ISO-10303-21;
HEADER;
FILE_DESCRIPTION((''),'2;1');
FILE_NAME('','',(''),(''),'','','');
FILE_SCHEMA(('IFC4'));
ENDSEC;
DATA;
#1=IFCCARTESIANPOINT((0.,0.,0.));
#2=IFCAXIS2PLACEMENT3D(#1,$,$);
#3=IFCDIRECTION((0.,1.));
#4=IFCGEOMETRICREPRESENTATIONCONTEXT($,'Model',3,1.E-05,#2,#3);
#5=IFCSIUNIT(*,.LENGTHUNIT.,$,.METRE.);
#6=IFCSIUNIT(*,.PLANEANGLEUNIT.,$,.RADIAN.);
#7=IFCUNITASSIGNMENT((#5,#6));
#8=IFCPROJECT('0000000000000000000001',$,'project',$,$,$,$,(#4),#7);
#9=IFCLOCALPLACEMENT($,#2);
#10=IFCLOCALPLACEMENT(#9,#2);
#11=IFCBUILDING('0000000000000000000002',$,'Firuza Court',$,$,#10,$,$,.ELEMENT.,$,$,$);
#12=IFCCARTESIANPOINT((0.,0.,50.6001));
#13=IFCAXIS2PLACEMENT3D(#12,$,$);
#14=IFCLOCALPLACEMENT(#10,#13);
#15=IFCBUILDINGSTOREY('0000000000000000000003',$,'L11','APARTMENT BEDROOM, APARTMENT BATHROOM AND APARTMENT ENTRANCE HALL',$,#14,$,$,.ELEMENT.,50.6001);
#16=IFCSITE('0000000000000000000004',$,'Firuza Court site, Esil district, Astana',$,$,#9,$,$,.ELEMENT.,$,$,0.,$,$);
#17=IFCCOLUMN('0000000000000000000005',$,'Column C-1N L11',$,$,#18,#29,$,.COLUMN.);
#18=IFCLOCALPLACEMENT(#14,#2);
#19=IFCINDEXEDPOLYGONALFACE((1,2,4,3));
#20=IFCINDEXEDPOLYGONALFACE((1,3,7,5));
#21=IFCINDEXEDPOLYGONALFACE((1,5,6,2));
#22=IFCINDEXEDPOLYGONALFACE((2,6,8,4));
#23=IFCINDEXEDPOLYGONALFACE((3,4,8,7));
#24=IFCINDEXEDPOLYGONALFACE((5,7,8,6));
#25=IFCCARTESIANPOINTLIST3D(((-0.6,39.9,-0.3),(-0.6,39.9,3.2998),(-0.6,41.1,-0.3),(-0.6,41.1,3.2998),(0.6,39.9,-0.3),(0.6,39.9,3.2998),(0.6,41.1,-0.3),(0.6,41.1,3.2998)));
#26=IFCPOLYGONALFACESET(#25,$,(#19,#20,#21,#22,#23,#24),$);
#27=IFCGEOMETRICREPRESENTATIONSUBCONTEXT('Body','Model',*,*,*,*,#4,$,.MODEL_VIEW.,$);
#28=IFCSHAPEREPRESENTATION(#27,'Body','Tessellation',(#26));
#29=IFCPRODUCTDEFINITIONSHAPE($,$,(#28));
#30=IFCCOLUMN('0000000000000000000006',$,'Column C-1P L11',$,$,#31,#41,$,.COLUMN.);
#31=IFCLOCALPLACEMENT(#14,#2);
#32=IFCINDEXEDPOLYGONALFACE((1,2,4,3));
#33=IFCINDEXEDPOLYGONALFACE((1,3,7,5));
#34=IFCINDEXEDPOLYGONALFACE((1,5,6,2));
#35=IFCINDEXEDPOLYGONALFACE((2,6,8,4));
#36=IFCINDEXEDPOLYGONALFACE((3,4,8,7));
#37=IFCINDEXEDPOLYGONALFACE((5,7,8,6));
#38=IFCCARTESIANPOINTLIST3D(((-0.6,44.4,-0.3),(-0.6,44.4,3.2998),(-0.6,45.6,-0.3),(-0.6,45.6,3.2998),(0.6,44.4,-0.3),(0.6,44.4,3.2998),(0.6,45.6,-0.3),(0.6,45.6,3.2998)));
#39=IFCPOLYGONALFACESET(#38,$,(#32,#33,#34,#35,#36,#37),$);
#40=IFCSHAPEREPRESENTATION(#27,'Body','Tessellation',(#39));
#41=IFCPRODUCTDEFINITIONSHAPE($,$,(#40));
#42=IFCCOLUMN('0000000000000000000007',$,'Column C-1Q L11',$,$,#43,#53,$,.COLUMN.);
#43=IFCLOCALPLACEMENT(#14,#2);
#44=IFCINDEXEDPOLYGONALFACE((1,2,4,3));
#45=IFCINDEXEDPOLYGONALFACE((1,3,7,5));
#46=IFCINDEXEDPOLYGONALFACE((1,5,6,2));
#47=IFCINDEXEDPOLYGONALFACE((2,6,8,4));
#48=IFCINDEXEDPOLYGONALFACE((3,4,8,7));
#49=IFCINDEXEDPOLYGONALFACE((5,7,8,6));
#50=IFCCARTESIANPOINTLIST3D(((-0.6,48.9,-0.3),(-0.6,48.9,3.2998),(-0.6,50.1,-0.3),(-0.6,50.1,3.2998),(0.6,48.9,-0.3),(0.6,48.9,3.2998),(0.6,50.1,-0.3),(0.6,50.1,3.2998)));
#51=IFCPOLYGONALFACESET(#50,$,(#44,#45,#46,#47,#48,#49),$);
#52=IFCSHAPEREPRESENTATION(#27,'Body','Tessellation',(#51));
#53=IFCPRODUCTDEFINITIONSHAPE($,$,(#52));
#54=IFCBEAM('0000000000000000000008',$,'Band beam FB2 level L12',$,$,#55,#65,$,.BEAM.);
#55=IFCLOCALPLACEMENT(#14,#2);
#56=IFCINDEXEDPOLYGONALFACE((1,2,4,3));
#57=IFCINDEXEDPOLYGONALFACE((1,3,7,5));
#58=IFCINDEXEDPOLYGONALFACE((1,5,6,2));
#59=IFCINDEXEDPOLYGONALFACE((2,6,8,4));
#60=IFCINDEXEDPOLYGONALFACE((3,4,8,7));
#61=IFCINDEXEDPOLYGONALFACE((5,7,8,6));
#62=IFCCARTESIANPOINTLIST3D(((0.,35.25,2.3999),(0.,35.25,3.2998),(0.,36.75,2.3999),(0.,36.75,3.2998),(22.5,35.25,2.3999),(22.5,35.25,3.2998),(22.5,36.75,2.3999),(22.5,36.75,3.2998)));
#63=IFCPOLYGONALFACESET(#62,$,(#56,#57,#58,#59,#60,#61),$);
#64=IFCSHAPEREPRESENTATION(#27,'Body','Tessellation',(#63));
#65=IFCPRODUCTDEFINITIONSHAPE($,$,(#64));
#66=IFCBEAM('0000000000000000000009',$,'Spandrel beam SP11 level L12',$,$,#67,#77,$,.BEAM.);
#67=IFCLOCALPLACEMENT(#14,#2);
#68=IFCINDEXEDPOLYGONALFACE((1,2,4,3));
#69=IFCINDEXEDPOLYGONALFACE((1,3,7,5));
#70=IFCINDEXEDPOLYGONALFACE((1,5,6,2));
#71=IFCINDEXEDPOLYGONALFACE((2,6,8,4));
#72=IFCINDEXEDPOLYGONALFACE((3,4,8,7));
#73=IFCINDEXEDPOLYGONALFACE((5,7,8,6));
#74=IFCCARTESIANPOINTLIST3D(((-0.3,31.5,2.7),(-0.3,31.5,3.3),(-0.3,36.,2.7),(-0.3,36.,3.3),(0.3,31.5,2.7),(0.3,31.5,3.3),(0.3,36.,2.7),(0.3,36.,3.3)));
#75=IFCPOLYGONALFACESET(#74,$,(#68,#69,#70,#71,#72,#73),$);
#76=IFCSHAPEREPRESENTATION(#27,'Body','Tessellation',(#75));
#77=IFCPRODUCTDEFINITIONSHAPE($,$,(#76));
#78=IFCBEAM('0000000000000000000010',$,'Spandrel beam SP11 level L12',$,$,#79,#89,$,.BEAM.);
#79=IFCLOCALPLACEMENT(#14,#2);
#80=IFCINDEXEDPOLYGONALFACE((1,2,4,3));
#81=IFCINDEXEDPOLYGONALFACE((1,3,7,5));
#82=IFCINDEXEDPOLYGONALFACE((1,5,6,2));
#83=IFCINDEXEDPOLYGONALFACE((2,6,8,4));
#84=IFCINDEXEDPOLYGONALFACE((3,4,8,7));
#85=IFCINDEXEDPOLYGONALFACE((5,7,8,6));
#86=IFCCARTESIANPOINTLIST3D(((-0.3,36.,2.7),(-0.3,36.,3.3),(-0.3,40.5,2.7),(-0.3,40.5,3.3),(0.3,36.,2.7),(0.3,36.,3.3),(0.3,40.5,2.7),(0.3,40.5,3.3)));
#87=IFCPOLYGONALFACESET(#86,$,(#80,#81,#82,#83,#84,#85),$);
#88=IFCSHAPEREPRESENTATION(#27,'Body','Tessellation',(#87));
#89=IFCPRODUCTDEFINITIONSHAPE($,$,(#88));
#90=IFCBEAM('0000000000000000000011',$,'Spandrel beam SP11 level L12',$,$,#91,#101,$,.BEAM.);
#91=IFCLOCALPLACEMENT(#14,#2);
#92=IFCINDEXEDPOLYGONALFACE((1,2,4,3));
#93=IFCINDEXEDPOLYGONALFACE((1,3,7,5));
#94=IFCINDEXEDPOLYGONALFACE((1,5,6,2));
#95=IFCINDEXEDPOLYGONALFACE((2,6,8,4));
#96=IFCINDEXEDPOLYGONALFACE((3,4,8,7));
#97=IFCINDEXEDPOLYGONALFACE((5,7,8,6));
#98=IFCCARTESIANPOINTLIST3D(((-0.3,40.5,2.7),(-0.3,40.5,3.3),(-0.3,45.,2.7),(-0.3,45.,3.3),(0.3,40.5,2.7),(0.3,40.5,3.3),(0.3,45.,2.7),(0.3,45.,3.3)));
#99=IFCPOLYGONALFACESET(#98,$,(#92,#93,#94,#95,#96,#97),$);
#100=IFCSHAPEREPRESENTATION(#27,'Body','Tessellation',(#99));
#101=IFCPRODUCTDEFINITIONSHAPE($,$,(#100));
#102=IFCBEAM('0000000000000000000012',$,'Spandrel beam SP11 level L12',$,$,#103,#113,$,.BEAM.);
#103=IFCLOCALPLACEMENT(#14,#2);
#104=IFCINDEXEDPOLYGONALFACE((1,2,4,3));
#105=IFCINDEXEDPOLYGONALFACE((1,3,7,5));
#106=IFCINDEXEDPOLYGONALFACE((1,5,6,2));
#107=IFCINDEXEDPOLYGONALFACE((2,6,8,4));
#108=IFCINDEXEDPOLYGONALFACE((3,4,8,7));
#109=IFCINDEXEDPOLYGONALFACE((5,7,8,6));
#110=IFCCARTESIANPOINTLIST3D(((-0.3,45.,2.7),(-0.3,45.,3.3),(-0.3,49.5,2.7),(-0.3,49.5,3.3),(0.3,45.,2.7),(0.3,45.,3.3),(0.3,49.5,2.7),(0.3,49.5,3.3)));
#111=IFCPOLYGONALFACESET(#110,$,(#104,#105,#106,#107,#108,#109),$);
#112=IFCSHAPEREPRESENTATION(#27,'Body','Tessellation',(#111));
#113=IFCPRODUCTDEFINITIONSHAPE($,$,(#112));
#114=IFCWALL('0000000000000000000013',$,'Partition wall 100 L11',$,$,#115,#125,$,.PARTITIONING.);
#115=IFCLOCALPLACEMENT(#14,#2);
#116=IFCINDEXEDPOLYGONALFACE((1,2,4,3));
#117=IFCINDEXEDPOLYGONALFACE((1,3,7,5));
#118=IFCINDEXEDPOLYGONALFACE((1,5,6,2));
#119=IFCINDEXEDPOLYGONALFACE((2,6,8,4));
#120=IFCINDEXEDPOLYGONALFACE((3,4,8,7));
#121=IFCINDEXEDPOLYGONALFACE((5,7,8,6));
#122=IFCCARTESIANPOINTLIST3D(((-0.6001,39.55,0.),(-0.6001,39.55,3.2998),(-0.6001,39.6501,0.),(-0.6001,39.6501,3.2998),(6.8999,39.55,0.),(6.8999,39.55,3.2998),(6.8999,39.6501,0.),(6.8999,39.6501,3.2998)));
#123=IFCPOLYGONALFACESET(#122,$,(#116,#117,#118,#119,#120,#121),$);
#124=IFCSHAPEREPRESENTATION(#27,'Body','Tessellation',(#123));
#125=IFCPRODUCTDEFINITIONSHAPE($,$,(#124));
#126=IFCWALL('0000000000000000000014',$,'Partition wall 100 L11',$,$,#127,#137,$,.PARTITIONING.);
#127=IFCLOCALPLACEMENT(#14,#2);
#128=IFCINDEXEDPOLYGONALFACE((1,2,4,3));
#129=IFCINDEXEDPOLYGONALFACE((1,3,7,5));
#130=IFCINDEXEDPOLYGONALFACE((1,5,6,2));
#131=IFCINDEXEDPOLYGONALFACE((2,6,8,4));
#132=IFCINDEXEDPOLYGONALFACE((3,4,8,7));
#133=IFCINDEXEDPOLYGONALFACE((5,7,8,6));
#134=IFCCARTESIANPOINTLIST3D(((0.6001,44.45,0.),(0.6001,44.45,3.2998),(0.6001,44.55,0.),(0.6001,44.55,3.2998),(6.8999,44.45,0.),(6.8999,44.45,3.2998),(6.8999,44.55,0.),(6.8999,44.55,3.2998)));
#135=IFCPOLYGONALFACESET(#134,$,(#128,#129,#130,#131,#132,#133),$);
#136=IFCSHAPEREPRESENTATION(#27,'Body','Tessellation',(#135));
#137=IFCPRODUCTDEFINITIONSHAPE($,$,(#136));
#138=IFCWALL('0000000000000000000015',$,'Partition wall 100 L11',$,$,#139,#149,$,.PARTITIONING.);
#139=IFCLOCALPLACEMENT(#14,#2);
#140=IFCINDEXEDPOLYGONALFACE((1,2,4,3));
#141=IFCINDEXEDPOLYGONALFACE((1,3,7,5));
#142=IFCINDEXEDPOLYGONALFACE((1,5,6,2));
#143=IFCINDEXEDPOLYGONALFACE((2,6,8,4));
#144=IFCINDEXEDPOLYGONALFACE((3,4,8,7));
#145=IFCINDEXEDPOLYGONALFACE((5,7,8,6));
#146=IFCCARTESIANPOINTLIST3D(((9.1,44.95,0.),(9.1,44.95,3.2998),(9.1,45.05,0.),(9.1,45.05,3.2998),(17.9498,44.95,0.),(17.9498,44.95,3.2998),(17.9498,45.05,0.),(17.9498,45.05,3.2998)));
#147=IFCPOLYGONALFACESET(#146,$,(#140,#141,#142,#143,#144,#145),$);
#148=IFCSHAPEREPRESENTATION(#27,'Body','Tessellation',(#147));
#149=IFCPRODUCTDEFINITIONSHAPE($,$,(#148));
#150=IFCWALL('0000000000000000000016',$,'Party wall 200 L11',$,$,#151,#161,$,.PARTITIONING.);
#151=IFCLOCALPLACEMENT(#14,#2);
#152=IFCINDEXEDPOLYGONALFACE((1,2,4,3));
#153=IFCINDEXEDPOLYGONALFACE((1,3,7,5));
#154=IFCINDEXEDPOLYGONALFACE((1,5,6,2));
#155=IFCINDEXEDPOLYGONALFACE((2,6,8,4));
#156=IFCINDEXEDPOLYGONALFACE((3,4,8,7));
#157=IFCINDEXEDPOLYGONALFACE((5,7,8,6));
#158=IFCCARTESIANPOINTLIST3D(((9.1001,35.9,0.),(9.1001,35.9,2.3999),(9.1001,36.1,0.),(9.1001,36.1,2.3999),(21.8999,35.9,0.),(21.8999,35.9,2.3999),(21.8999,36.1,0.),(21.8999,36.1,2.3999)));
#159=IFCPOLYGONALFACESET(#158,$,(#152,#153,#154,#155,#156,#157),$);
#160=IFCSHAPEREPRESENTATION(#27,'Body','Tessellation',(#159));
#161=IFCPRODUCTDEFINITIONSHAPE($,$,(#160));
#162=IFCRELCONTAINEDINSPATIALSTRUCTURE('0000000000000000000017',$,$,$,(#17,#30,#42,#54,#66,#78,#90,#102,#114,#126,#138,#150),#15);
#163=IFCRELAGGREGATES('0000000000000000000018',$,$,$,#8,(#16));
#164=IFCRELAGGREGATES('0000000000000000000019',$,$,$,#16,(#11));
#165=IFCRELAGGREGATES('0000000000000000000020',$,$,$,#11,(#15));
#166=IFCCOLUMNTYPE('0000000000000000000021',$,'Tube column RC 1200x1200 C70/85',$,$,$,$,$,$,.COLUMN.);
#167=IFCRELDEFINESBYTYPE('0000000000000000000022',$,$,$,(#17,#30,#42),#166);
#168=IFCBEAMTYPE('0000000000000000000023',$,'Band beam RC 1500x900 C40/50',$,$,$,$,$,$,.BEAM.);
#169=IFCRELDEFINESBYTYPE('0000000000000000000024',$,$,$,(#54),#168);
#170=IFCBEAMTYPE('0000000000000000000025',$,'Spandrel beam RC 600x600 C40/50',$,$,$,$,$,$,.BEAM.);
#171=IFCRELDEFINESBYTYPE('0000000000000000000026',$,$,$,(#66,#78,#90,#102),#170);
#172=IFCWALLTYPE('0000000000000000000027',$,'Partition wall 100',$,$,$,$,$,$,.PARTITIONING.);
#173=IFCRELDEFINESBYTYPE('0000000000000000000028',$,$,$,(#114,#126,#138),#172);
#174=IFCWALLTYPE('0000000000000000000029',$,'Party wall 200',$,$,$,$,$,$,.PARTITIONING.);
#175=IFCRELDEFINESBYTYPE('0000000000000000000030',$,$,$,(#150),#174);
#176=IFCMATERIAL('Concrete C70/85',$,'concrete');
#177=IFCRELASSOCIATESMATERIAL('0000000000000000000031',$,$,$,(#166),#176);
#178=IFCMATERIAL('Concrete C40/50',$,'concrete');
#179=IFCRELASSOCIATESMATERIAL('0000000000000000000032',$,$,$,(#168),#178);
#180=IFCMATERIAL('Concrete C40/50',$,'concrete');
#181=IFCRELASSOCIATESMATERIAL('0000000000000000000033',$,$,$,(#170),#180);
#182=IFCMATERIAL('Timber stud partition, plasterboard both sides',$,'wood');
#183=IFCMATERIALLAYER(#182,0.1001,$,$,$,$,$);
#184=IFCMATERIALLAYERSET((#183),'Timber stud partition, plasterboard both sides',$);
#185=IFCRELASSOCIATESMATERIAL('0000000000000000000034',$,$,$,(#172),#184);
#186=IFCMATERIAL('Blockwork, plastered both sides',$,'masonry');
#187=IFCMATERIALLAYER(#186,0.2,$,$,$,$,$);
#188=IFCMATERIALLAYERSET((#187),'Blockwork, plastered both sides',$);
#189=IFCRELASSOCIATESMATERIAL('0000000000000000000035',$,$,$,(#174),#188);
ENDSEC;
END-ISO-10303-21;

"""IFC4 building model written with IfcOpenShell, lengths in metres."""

from ifc_helpers import new_model, si_unit, direction, frame, frame_2d, origin, origin_2d, place, context, subcontext, project, spatial, rectangle, extrude, material, layer, layer_set, material_profile, profile_set, type_object, element, save


model = new_model("IFC4")

# Units and contexts
model_context = context("Model", 3, precision=1e-05, world=origin(), true_north=direction((0.0, 1.0)))
body_context = subcontext(model_context, "Body", "Model", "MODEL_VIEW")
ifc_project = project(units=[si_unit("LENGTHUNIT", "METRE"), si_unit("PLANEANGLEUNIT", "RADIAN")], contexts=[model_context])

# Site, building, storey
site_placement = place(None, origin())
site = spatial("IfcSite", under=ifc_project, at=site_placement, Name="Firuza Court site, Esil district, Astana", CompositionType="ELEMENT", RefElevation=0.0)
building_placement = place(site_placement, origin())
building = spatial("IfcBuilding", under=site, at=building_placement, Name="Firuza Court", CompositionType="ELEMENT")
storey_placement = place(building_placement, frame((0.0, 0.0, 50.6001)))
storey = spatial("IfcBuildingStorey", under=building, at=storey_placement, Name="L11", Description="APARTMENT BEDROOM, APARTMENT BATHROOM AND APARTMENT ENTRANCE HALL", CompositionType="ELEMENT", Elevation=50.6001)

# Columns
ifc_material_1 = material(Name="Concrete C70/85", Category="concrete")
ifc_material_profile_1 = material_profile(ifc_material_1, rectangle(XDim=1.2, YDim=1.2, at=origin_2d()), Name="RC 1200x1200")
ifc_profile_set_1 = profile_set([ifc_material_profile_1], Name="Concrete C70/85")
column_type = type_object("IfcColumnType", Name="Tube column RC 1200x1200 C70/85", PredefinedType="COLUMN", material=ifc_profile_set_1)
for number, where, z_axis, x_axis, name in (
    (1, (0.0, 40.5, -0.3), (0.0, 0.0, 1.0), (1.0, 0.0, 0.0), "Column C-1N L11"),
    (2, (0.0, 45.0, -0.3), (0.0, 0.0, 1.0), (1.0, 0.0, 0.0), "Column C-1P L11"),
    (3, (0.0, 49.5, -0.3), (0.0, 0.0, 1.0), (1.0, 0.0, 0.0), "Column C-1Q L11"),
):
    element("IfcColumn", number, at=place(storey_placement, frame(where, z_axis=z_axis, x_axis=x_axis)), inside=storey, type_object=column_type, Name=name, PredefinedType="COLUMN", context=body_context, shape_type="SweptSolid", body=[
        extrude(rectangle(XDim=1.2, YDim=1.2, at=origin_2d()), origin(), (0.0, 0.0, 1.0), 3.5999),
    ])

# Beams
ifc_material_2 = material(Name="Concrete C40/50", Category="concrete")
ifc_material_profile_2 = material_profile(ifc_material_2, rectangle(XDim=1.5, YDim=0.8999, at=origin_2d()), Name="RC 1500x900")
ifc_profile_set_2 = profile_set([ifc_material_profile_2], Name="Concrete C40/50")
beam_type_1 = type_object("IfcBeamType", Name="Band beam RC 1500x900 C40/50", PredefinedType="BEAM", material=ifc_profile_set_2)
beam_placement = place(storey_placement, frame((0.0, 36.0, 2.8499), z_axis=(1.0, 0.0, 0.0), x_axis=(0.0, 1.0, 0.0)))
element("IfcBeam", 4, at=beam_placement, inside=storey, type_object=beam_type_1, Name="Band beam FB2 level L12", PredefinedType="BEAM", context=body_context, shape_type="SweptSolid", body=[
    extrude(rectangle(XDim=1.5, YDim=0.8999, at=origin_2d()), origin(), (0.0, 0.0, 1.0), 22.5),
])
ifc_material_3 = material(Name="Concrete C40/50", Category="concrete")
ifc_material_profile_3 = material_profile(ifc_material_3, rectangle(XDim=0.6001, YDim=0.6001, at=origin_2d()), Name="RC 600x600")
ifc_profile_set_3 = profile_set([ifc_material_profile_3], Name="Concrete C40/50")
beam_type_2 = type_object("IfcBeamType", Name="Spandrel beam RC 600x600 C40/50", PredefinedType="BEAM", material=ifc_profile_set_3)
for number, where, z_axis, x_axis, name in (
    (5, (0.0, 36.0, 3.0), (0.0, -1.0, 0.0), (1.0, 0.0, 0.0), "Spandrel beam SP11 level L12"),
    (6, (0.0, 40.5, 3.0), (0.0, -1.0, 0.0), (1.0, 0.0, 0.0), "Spandrel beam SP11 level L12"),
    (7, (0.0, 45.0, 3.0), (0.0, -1.0, 0.0), (1.0, 0.0, 0.0), "Spandrel beam SP11 level L12"),
    (8, (0.0, 49.5, 3.0), (0.0, -1.0, 0.0), (1.0, 0.0, 0.0), "Spandrel beam SP11 level L12"),
):
    element("IfcBeam", number, at=place(storey_placement, frame(where, z_axis=z_axis, x_axis=x_axis)), inside=storey, type_object=beam_type_2, Name=name, PredefinedType="BEAM", context=body_context, shape_type="SweptSolid", body=[
        extrude(rectangle(XDim=0.6001, YDim=0.6001, at=origin_2d()), origin(), (0.0, 0.0, 1.0), 4.5),
    ])

# Walls
ifc_material_4 = material(Name="Timber stud partition, plasterboard both sides", Category="wood")
ifc_layer_1 = layer(ifc_material_4, 0.1001)
ifc_layer_set_1 = layer_set([ifc_layer_1], Name="Timber stud partition, plasterboard both sides")
wall_type_1 = type_object("IfcWallType", Name="Partition wall 100", PredefinedType="PARTITIONING", material=ifc_layer_set_1)
wall_1_placement = place(storey_placement, frame((-0.6001, 39.6001, 0.0), z_axis=(0.0, 0.0, 1.0), x_axis=(1.0, 0.0, 0.0)))
element("IfcWall", 9, at=wall_1_placement, inside=storey, type_object=wall_type_1, Name="Partition wall 100 L11", PredefinedType="PARTITIONING", context=body_context, shape_type="SweptSolid", body=[
    extrude(rectangle(XDim=7.5, YDim=0.1001, at=frame_2d((3.75, 0.0))), origin(), (0.0, 0.0, 1.0), 3.2998),
])
wall_2_placement = place(storey_placement, frame((0.6001, 44.5, 0.0), z_axis=(0.0, 0.0, 1.0), x_axis=(1.0, 0.0, 0.0)))
element("IfcWall", 10, at=wall_2_placement, inside=storey, type_object=wall_type_1, Name="Partition wall 100 L11", PredefinedType="PARTITIONING", context=body_context, shape_type="SweptSolid", body=[
    extrude(rectangle(XDim=6.2998, YDim=0.1001, at=frame_2d((3.1499, 0.0))), origin(), (0.0, 0.0, 1.0), 3.2998),
])
wall_3_placement = place(storey_placement, frame((9.1001, 45.0, 0.0), z_axis=(0.0, 0.0, 1.0), x_axis=(1.0, 0.0, 0.0)))
element("IfcWall", 11, at=wall_3_placement, inside=storey, type_object=wall_type_1, Name="Partition wall 100 L11", PredefinedType="PARTITIONING", context=body_context, shape_type="SweptSolid", body=[
    extrude(rectangle(XDim=8.8499, YDim=0.1001, at=frame_2d((4.4248, 0.0))), origin(), (0.0, 0.0, 1.0), 3.2998),
])
ifc_material_5 = material(Name="Blockwork, plastered both sides", Category="masonry")
ifc_layer_2 = layer(ifc_material_5, 0.2)
ifc_layer_set_2 = layer_set([ifc_layer_2], Name="Blockwork, plastered both sides")
wall_type_2 = type_object("IfcWallType", Name="Party wall 200", PredefinedType="PARTITIONING", material=ifc_layer_set_2)
wall_4_placement = place(storey_placement, frame((9.1001, 36.0, 0.0), z_axis=(0.0, 0.0, 1.0), x_axis=(1.0, 0.0, 0.0)))
element("IfcWall", 12, at=wall_4_placement, inside=storey, type_object=wall_type_2, Name="Party wall 200 L11", PredefinedType="PARTITIONING", context=body_context, shape_type="SweptSolid", body=[
    extrude(rectangle(XDim=12.7998, YDim=0.2, at=frame_2d((6.3999, 0.0))), origin(), (0.0, 0.0, 1.0), 2.3999),
])

save(model, "model.ifc")
